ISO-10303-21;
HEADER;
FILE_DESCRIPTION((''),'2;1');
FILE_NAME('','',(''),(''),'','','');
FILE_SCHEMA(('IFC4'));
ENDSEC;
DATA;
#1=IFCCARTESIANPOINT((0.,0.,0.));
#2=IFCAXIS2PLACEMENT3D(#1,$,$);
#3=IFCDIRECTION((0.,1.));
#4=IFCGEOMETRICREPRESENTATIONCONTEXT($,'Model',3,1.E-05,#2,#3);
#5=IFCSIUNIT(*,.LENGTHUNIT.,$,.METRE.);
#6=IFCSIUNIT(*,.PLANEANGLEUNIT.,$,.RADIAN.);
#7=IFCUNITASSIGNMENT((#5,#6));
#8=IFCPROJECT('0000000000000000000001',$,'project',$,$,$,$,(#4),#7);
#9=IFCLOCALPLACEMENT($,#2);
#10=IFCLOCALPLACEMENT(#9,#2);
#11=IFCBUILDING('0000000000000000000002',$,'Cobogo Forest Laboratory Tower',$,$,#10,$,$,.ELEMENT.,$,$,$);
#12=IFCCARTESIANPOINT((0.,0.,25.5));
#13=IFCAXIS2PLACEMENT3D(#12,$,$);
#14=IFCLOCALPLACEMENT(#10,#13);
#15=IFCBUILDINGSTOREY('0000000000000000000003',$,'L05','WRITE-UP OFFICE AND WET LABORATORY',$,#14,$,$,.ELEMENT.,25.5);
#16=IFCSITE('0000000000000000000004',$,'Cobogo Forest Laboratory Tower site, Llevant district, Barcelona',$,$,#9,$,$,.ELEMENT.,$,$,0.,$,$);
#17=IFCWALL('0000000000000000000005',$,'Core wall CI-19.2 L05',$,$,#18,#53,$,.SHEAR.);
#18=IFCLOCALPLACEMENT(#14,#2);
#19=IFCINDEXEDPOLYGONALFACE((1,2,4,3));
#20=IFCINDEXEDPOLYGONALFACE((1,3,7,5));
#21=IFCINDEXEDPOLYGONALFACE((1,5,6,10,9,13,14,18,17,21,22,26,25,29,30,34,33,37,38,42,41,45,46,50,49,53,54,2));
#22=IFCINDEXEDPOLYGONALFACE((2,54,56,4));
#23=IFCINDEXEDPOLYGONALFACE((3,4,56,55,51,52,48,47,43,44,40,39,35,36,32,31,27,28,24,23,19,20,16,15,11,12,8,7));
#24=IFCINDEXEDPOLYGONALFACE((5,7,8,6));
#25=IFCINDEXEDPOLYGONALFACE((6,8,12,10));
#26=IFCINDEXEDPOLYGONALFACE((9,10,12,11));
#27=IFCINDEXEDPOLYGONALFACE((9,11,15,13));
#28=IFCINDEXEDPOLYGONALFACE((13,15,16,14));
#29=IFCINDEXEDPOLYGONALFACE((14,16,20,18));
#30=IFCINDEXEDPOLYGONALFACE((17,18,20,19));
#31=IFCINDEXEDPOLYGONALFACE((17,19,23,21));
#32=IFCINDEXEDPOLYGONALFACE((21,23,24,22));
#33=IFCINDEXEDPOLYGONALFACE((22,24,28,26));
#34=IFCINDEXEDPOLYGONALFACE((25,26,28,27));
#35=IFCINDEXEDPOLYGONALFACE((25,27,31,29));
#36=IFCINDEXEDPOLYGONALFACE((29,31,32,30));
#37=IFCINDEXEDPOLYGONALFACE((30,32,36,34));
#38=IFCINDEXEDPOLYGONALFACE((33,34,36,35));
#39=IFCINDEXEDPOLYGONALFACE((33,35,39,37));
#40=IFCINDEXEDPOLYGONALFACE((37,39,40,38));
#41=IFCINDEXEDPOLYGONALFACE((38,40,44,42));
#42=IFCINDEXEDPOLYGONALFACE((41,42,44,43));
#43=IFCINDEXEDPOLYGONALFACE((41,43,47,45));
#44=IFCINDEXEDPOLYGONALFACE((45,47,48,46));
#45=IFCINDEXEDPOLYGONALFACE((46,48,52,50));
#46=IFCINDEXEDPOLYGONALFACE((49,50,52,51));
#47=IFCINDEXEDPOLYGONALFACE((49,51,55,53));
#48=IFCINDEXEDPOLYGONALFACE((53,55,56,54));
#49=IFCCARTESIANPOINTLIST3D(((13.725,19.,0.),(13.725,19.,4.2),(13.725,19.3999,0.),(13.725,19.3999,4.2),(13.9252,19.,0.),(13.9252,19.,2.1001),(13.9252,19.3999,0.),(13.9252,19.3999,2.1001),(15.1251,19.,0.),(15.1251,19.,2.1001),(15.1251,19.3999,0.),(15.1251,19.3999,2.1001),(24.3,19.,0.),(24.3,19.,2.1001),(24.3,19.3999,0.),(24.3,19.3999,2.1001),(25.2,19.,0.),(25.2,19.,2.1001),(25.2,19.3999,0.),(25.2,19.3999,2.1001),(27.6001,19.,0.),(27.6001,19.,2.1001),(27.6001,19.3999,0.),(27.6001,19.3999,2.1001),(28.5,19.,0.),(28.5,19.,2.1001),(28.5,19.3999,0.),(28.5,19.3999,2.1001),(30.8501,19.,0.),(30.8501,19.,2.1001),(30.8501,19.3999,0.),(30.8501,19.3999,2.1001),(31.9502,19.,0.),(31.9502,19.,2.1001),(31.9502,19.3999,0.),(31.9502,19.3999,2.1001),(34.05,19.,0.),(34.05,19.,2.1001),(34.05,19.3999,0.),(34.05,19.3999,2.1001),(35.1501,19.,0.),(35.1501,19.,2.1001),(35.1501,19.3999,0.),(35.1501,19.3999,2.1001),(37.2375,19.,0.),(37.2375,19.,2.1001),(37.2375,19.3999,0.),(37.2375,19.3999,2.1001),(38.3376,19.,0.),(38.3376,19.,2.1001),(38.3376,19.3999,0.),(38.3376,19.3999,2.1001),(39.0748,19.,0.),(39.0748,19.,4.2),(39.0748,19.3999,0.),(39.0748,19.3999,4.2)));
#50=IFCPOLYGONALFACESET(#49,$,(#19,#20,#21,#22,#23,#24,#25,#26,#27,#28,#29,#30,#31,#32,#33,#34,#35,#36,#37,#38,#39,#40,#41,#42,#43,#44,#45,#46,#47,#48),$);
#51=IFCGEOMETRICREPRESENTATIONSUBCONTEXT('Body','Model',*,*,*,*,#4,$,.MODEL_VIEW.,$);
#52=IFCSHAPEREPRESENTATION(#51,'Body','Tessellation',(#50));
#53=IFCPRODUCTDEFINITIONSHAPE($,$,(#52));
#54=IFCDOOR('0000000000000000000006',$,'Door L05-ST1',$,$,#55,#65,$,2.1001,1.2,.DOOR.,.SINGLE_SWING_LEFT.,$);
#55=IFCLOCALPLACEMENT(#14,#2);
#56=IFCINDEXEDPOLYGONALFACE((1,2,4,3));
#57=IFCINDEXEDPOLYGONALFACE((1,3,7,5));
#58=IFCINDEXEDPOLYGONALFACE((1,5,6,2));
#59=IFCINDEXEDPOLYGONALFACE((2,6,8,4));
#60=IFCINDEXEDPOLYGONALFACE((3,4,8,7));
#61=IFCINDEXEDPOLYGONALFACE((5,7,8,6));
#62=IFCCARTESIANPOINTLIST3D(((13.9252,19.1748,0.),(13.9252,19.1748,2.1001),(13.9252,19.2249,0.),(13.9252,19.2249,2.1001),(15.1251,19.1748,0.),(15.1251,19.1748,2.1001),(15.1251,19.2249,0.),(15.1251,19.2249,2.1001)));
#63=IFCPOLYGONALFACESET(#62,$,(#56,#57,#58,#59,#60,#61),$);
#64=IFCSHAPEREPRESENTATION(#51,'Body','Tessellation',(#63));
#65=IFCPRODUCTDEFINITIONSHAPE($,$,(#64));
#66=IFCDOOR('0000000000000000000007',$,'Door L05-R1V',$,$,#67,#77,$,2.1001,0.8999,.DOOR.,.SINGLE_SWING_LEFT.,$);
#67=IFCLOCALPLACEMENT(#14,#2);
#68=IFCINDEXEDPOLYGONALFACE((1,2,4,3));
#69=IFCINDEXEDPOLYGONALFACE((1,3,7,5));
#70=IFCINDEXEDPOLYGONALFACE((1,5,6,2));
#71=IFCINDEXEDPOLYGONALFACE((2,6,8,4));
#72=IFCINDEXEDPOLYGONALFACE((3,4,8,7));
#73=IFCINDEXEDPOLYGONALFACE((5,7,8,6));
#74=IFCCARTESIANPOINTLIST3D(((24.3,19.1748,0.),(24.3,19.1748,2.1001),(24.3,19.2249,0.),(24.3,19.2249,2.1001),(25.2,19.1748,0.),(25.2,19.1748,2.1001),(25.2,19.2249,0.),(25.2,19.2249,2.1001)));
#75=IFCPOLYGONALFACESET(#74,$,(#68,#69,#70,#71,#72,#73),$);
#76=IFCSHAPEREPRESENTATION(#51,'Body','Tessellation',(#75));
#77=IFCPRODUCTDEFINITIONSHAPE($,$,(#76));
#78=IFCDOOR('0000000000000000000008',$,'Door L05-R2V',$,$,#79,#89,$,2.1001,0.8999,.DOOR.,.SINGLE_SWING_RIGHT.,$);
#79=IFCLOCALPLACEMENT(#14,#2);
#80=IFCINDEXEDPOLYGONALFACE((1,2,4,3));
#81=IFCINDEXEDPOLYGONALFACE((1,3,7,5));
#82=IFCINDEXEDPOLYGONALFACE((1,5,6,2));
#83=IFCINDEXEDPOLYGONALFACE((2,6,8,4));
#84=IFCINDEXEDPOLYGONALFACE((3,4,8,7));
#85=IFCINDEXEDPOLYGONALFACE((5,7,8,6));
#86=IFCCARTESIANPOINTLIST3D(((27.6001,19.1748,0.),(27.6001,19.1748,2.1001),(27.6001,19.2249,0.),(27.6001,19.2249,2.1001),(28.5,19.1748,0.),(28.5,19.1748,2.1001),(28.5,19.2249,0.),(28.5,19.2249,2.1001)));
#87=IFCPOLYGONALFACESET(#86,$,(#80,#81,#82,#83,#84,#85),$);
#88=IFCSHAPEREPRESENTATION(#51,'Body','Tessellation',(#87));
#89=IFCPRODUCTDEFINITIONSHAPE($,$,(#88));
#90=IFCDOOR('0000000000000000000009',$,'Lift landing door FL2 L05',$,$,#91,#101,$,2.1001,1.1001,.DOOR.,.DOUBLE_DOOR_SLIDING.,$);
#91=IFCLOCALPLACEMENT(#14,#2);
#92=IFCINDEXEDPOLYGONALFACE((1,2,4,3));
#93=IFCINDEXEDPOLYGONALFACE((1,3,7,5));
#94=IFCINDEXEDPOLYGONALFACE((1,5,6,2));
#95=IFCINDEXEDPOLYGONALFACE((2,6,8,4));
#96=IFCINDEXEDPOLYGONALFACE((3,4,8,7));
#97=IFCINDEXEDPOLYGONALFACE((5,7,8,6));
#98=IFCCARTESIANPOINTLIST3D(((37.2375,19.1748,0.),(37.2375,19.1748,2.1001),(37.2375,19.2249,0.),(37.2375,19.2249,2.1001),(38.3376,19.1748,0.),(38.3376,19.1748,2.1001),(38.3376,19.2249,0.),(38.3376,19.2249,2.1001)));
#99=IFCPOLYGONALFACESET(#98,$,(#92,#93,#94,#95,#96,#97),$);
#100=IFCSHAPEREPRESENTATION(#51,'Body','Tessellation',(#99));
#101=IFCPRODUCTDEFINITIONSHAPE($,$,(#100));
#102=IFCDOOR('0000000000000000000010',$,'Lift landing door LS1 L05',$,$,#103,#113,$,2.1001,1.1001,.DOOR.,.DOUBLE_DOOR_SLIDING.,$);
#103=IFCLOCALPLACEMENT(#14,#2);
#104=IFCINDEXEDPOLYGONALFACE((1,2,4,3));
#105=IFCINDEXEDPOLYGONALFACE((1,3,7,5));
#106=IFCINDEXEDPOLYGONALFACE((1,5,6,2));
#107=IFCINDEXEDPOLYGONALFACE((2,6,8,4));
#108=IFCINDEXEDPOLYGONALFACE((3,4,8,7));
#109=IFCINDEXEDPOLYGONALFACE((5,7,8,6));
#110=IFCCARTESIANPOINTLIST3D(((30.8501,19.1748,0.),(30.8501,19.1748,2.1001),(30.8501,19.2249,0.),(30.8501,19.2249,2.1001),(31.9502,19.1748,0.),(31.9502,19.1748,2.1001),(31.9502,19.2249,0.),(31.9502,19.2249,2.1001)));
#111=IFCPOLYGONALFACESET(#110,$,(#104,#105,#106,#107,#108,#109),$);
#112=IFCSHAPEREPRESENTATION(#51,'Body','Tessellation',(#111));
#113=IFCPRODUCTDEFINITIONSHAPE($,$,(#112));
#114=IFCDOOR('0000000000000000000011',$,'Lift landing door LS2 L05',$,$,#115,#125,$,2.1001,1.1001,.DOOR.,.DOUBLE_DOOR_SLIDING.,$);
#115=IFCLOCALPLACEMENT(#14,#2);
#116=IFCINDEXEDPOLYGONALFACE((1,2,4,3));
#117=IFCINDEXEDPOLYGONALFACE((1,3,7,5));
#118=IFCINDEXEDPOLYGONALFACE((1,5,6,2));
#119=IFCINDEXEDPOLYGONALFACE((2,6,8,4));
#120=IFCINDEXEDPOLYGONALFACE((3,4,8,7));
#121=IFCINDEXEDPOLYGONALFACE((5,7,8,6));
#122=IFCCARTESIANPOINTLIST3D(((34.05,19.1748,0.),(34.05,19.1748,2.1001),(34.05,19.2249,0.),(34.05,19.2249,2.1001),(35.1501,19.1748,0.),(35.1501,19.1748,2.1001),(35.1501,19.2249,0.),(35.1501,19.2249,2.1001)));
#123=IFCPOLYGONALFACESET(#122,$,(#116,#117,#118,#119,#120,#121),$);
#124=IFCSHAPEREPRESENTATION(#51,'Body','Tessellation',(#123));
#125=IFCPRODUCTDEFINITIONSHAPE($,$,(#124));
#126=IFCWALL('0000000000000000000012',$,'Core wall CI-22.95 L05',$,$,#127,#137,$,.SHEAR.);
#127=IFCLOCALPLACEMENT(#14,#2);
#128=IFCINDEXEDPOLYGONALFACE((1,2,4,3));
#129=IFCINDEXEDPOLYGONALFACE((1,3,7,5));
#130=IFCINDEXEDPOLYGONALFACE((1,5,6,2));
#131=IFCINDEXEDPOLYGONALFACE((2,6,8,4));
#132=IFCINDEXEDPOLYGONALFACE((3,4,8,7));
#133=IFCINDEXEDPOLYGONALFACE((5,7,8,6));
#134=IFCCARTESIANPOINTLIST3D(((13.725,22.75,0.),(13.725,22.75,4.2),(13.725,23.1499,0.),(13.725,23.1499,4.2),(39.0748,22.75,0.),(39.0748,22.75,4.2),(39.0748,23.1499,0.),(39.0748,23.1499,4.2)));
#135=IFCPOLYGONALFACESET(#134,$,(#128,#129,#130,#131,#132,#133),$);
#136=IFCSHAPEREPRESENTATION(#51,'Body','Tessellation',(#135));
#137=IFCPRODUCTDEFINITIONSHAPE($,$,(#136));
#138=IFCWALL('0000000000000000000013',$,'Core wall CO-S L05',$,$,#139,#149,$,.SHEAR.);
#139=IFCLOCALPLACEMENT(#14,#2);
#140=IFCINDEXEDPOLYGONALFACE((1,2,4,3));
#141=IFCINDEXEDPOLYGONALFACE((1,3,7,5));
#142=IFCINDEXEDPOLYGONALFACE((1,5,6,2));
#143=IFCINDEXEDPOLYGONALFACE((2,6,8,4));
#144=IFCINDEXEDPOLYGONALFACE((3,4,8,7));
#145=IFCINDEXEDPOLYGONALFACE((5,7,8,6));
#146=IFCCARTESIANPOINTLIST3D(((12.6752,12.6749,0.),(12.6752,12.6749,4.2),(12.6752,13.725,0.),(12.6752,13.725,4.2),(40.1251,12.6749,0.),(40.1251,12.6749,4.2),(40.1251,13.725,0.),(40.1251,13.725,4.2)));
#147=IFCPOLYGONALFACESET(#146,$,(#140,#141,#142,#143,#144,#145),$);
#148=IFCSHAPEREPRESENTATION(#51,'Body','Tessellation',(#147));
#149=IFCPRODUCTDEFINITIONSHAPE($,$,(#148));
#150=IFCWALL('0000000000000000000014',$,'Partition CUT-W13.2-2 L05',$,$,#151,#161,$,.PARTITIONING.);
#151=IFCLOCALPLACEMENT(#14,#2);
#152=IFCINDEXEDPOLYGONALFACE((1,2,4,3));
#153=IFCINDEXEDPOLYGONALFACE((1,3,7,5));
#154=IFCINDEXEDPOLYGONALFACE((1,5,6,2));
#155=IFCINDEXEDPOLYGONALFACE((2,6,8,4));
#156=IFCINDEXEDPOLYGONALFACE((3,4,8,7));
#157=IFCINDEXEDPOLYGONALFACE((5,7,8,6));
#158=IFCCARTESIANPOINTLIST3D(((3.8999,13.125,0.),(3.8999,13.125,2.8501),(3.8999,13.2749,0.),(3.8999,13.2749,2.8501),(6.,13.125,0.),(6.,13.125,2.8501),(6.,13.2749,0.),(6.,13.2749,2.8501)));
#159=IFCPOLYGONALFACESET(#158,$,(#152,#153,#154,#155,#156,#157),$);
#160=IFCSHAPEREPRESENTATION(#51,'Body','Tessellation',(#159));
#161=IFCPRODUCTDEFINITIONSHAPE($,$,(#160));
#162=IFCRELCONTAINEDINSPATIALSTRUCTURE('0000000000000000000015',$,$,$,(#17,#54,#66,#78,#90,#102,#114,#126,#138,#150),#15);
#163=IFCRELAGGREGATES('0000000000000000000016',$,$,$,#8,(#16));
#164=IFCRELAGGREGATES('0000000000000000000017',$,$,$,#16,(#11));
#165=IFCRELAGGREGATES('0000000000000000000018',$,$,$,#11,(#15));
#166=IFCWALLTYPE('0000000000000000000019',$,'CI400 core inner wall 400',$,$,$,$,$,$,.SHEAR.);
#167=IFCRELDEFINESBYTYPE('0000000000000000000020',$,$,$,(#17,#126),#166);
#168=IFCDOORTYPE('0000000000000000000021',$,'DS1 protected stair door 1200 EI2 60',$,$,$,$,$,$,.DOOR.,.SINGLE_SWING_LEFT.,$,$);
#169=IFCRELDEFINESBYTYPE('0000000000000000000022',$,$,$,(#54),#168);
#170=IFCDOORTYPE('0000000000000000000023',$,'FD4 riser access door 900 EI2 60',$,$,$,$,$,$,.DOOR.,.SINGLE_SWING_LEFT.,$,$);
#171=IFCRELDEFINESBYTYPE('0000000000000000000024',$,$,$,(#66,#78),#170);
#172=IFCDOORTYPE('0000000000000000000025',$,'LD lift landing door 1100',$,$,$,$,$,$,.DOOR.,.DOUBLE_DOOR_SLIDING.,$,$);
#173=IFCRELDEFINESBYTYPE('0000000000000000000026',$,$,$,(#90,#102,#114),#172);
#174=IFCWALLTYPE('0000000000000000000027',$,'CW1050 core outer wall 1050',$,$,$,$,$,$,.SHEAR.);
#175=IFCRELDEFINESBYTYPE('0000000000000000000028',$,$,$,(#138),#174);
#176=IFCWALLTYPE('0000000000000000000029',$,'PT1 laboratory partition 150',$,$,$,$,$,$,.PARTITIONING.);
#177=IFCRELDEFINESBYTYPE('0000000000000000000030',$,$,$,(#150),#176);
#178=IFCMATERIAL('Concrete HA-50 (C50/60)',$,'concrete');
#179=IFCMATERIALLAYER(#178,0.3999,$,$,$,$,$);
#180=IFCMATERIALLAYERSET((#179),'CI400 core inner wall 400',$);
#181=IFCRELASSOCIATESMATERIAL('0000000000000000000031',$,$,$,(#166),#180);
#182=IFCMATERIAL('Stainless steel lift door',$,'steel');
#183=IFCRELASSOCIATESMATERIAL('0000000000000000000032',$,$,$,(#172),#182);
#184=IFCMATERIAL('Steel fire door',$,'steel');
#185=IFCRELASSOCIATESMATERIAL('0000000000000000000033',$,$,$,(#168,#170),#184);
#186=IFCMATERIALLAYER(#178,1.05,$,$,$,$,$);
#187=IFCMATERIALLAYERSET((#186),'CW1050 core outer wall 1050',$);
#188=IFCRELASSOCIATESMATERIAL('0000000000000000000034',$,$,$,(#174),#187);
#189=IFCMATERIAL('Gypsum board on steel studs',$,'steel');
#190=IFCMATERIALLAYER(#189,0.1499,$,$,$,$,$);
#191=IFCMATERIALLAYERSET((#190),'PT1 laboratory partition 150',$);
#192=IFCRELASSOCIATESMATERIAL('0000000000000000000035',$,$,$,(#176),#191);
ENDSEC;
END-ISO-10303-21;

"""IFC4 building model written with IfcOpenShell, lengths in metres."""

from ifc_helpers import new_model, si_unit, direction, frame, frame_2d, origin, place, context, subcontext, project, spatial, rectangle, extrude, material, layer, layer_set, type_object, element, fill, save


model = new_model("IFC4")

# Units and contexts
model_context = context("Model", 3, precision=1e-05, world=origin(), true_north=direction((0.0, 1.0)))
body_context = subcontext(model_context, "Body", "Model", "MODEL_VIEW")
ifc_project = project(units=[si_unit("LENGTHUNIT", "METRE"), si_unit("PLANEANGLEUNIT", "RADIAN")], contexts=[model_context])

# Site, building, storey
site_placement = place(None, origin())
site = spatial("IfcSite", under=ifc_project, at=site_placement, Name="Cobogo Forest Laboratory Tower site, Llevant district, Barcelona", CompositionType="ELEMENT", RefElevation=0.0)
building_placement = place(site_placement, origin())
building = spatial("IfcBuilding", under=site, at=building_placement, Name="Cobogo Forest Laboratory Tower", CompositionType="ELEMENT")
storey_placement = place(building_placement, frame((0.0, 0.0, 25.5)))
storey = spatial("IfcBuildingStorey", under=building, at=storey_placement, Name="L05", Description="WRITE-UP OFFICE AND WET LABORATORY", CompositionType="ELEMENT", Elevation=25.5)

# Shared definitions
ifc_material_1 = material(Name="Concrete HA-50 (C50/60)", Category="concrete")

# Wall, openings, doors
ifc_layer_1 = layer(ifc_material_1, 0.3999)
ifc_layer_set_1 = layer_set([ifc_layer_1], Name="CI400 core inner wall 400")
wall_type_1 = type_object("IfcWallType", Name="CI400 core inner wall 400", PredefinedType="SHEAR", material=ifc_layer_set_1)
ifc_material_2 = material(Name="Stainless steel lift door", Category="steel")
door_type_1 = type_object("IfcDoorType", Name="LD lift landing door 1100", OperationType="DOUBLE_DOOR_SLIDING", PredefinedType="DOOR", material=ifc_material_2)
wall_1_placement = place(storey_placement, frame((13.7251, 19.2, 0.0), z_axis=(0.0, 0.0, 1.0), x_axis=(1.0, 0.0, 0.0)))
wall_1 = element("IfcWall", 1, at=wall_1_placement, inside=storey, type_object=wall_type_1, Name="Core wall CI-19.2 L05", PredefinedType="SHEAR", context=body_context, shape_type="SweptSolid", body=[
    extrude(rectangle(XDim=25.3499, YDim=0.3999, at=frame_2d((12.6748, 0.0))), origin(), (0.0, 0.0, 1.0), 4.2),
])
opening_1_placement = place(wall_1_placement, frame((10.575, 0.0, 0.0)))
opening_1 = element("IfcOpeningElement", 2, at=opening_1_placement, cuts=wall_1, PredefinedType="OPENING", context=body_context, shape_type="SweptSolid", body=[
    extrude(rectangle(XDim=0.8999, YDim=2.1001, at=frame_2d((0.45, 1.05))), frame((0.0, 0.21, 0.0), z_axis=(0.0, -1.0, 0.0), x_axis=(1.0, 0.0, 0.0)), (0.0, 0.0, 1.0), 0.4199),
])
opening_2_placement = place(wall_1_placement, frame((13.875, 0.0, 0.0)))
opening_2 = element("IfcOpeningElement", 3, at=opening_2_placement, cuts=wall_1, PredefinedType="OPENING", context=body_context, shape_type="SweptSolid", body=[
    extrude(rectangle(XDim=0.8999, YDim=2.1001, at=frame_2d((0.45, 1.05))), frame((0.0, 0.21, 0.0), z_axis=(0.0, -1.0, 0.0), x_axis=(1.0, 0.0, 0.0)), (0.0, 0.0, 1.0), 0.4199),
])
opening_3_placement = place(wall_1_placement, frame((0.2, 0.0, 0.0)))
opening_3 = element("IfcOpeningElement", 4, at=opening_3_placement, cuts=wall_1, PredefinedType="OPENING", context=body_context, shape_type="SweptSolid", body=[
    extrude(rectangle(XDim=1.2, YDim=2.1001, at=frame_2d((0.6001, 1.05))), frame((0.0, 0.21, 0.0), z_axis=(0.0, -1.0, 0.0), x_axis=(1.0, 0.0, 0.0)), (0.0, 0.0, 1.0), 0.4199),
])
opening_4_placement = place(wall_1_placement, frame((23.5125, 0.0, 0.0)))
opening_4 = element("IfcOpeningElement", 5, at=opening_4_placement, cuts=wall_1, PredefinedType="OPENING", context=body_context, shape_type="SweptSolid", body=[
    extrude(rectangle(XDim=1.1001, YDim=2.1001, at=frame_2d((0.55, 1.05))), frame((0.0, 0.21, 0.0), z_axis=(0.0, -1.0, 0.0), x_axis=(1.0, 0.0, 0.0)), (0.0, 0.0, 1.0), 0.4199),
])
opening_5_placement = place(wall_1_placement, frame((17.125, 0.0, 0.0)))
opening_5 = element("IfcOpeningElement", 6, at=opening_5_placement, cuts=wall_1, PredefinedType="OPENING", context=body_context, shape_type="SweptSolid", body=[
    extrude(rectangle(XDim=1.1001, YDim=2.1001, at=frame_2d((0.55, 1.05))), frame((0.0, 0.21, 0.0), z_axis=(0.0, -1.0, 0.0), x_axis=(1.0, 0.0, 0.0)), (0.0, 0.0, 1.0), 0.4199),
])
opening_6_placement = place(wall_1_placement, frame((20.325, 0.0, 0.0)))
opening_6 = element("IfcOpeningElement", 7, at=opening_6_placement, cuts=wall_1, PredefinedType="OPENING", context=body_context, shape_type="SweptSolid", body=[
    extrude(rectangle(XDim=1.1001, YDim=2.1001, at=frame_2d((0.55, 1.05))), frame((0.0, 0.21, 0.0), z_axis=(0.0, -1.0, 0.0), x_axis=(1.0, 0.0, 0.0)), (0.0, 0.0, 1.0), 0.4199),
])
ifc_material_3 = material(Name="Steel fire door", Category="steel")
door_type_2 = type_object("IfcDoorType", Name="DS1 protected stair door 1200 EI2 60", OperationType="SINGLE_SWING_LEFT", PredefinedType="DOOR", material=ifc_material_3)
door_1_placement = place(opening_3_placement, origin())
door_1 = element("IfcDoor", 8, at=door_1_placement, inside=storey, type_object=door_type_2, Name="Door L05-ST1", OperationType="SINGLE_SWING_LEFT", OverallHeight=2.1001, OverallWidth=1.2, PredefinedType="DOOR", context=body_context, shape_type="SweptSolid", body=[
    extrude(rectangle(XDim=1.2, YDim=2.1001, at=frame_2d((0.6001, 1.05))), frame((0.0, 0.0249, 0.0), z_axis=(0.0, -1.0, 0.0), x_axis=(1.0, 0.0, 0.0)), (0.0, 0.0, 1.0), 0.05),
])
fill(opening_3, door_1)
door_type_3 = type_object("IfcDoorType", Name="FD4 riser access door 900 EI2 60", OperationType="SINGLE_SWING_LEFT", PredefinedType="DOOR", material=ifc_material_3)
door_2_placement = place(opening_1_placement, origin())
door_2 = element("IfcDoor", 9, at=door_2_placement, inside=storey, type_object=door_type_3, Name="Door L05-R1V", OperationType="SINGLE_SWING_LEFT", OverallHeight=2.1001, OverallWidth=0.8999, PredefinedType="DOOR", context=body_context, shape_type="SweptSolid", body=[
    extrude(rectangle(XDim=0.8999, YDim=2.1001, at=frame_2d((0.45, 1.05))), frame((0.0, 0.0249, 0.0), z_axis=(0.0, -1.0, 0.0), x_axis=(1.0, 0.0, 0.0)), (0.0, 0.0, 1.0), 0.05),
])
fill(opening_1, door_2)
door_3_placement = place(opening_2_placement, origin())
door_3 = element("IfcDoor", 10, at=door_3_placement, inside=storey, type_object=door_type_3, Name="Door L05-R2V", OperationType="SINGLE_SWING_RIGHT", OverallHeight=2.1001, OverallWidth=0.8999, PredefinedType="DOOR", context=body_context, shape_type="SweptSolid", body=[
    extrude(rectangle(XDim=0.8999, YDim=2.1001, at=frame_2d((0.45, 1.05))), frame((0.0, 0.0249, 0.0), z_axis=(0.0, -1.0, 0.0), x_axis=(1.0, 0.0, 0.0)), (0.0, 0.0, 1.0), 0.05),
])
fill(opening_2, door_3)
door_4_placement = place(opening_4_placement, origin())
door_4 = element("IfcDoor", 11, at=door_4_placement, inside=storey, type_object=door_type_1, Name="Lift landing door FL2 L05", OperationType="DOUBLE_DOOR_SLIDING", OverallHeight=2.1001, OverallWidth=1.1001, PredefinedType="DOOR", context=body_context, shape_type="SweptSolid", body=[
    extrude(rectangle(XDim=1.1001, YDim=2.1001, at=frame_2d((0.55, 1.05))), frame((0.0, 0.0249, 0.0), z_axis=(0.0, -1.0, 0.0), x_axis=(1.0, 0.0, 0.0)), (0.0, 0.0, 1.0), 0.05),
])
fill(opening_4, door_4)
door_5_placement = place(opening_5_placement, origin())
door_5 = element("IfcDoor", 12, at=door_5_placement, inside=storey, type_object=door_type_1, Name="Lift landing door LS1 L05", OperationType="DOUBLE_DOOR_SLIDING", OverallHeight=2.1001, OverallWidth=1.1001, PredefinedType="DOOR", context=body_context, shape_type="SweptSolid", body=[
    extrude(rectangle(XDim=1.1001, YDim=2.1001, at=frame_2d((0.55, 1.05))), frame((0.0, 0.0249, 0.0), z_axis=(0.0, -1.0, 0.0), x_axis=(1.0, 0.0, 0.0)), (0.0, 0.0, 1.0), 0.05),
])
fill(opening_5, door_5)
door_6_placement = place(opening_6_placement, origin())
door_6 = element("IfcDoor", 13, at=door_6_placement, inside=storey, type_object=door_type_1, Name="Lift landing door LS2 L05", OperationType="DOUBLE_DOOR_SLIDING", OverallHeight=2.1001, OverallWidth=1.1001, PredefinedType="DOOR", context=body_context, shape_type="SweptSolid", body=[
    extrude(rectangle(XDim=1.1001, YDim=2.1001, at=frame_2d((0.55, 1.05))), frame((0.0, 0.0249, 0.0), z_axis=(0.0, -1.0, 0.0), x_axis=(1.0, 0.0, 0.0)), (0.0, 0.0, 1.0), 0.05),
])
fill(opening_6, door_6)

# Walls
wall_2_placement = place(storey_placement, frame((13.7251, 22.95, 0.0), z_axis=(0.0, 0.0, 1.0), x_axis=(1.0, 0.0, 0.0)))
element("IfcWall", 14, at=wall_2_placement, inside=storey, type_object=wall_type_1, Name="Core wall CI-22.95 L05", PredefinedType="SHEAR", context=body_context, shape_type="SweptSolid", body=[
    extrude(rectangle(XDim=25.3499, YDim=0.3999, at=frame_2d((12.6748, 0.0))), origin(), (0.0, 0.0, 1.0), 4.2),
])
ifc_layer_2 = layer(ifc_material_1, 1.05)
ifc_layer_set_2 = layer_set([ifc_layer_2], Name="CW1050 core outer wall 1050")
wall_type_2 = type_object("IfcWallType", Name="CW1050 core outer wall 1050", PredefinedType="SHEAR", material=ifc_layer_set_2)
wall_3_placement = place(storey_placement, frame((12.675, 13.2, 0.0), z_axis=(0.0, 0.0, 1.0), x_axis=(1.0, 0.0, 0.0)))
element("IfcWall", 15, at=wall_3_placement, inside=storey, type_object=wall_type_2, Name="Core wall CO-S L05", PredefinedType="SHEAR", context=body_context, shape_type="SweptSolid", body=[
    extrude(rectangle(XDim=27.45, YDim=1.05, at=frame_2d((13.7251, 0.0))), origin(), (0.0, 0.0, 1.0), 4.2),
])
ifc_material_4 = material(Name="Gypsum board on steel studs", Category="steel")
ifc_layer_3 = layer(ifc_material_4, 0.1499)
ifc_layer_set_3 = layer_set([ifc_layer_3], Name="PT1 laboratory partition 150")
wall_type_3 = type_object("IfcWallType", Name="PT1 laboratory partition 150", PredefinedType="PARTITIONING", material=ifc_layer_set_3)
wall_4_placement = place(storey_placement, frame((3.8999, 13.2, 0.0), z_axis=(0.0, 0.0, 1.0), x_axis=(1.0, 0.0, 0.0)))
element("IfcWall", 16, at=wall_4_placement, inside=storey, type_object=wall_type_3, Name="Partition CUT-W13.2-2 L05", PredefinedType="PARTITIONING", context=body_context, shape_type="SweptSolid", body=[
    extrude(rectangle(XDim=2.1001, YDim=0.1499, at=frame_2d((1.05, 0.0))), origin(), (0.0, 0.0, 1.0), 2.8501),
])

save(model, "model.ifc")
